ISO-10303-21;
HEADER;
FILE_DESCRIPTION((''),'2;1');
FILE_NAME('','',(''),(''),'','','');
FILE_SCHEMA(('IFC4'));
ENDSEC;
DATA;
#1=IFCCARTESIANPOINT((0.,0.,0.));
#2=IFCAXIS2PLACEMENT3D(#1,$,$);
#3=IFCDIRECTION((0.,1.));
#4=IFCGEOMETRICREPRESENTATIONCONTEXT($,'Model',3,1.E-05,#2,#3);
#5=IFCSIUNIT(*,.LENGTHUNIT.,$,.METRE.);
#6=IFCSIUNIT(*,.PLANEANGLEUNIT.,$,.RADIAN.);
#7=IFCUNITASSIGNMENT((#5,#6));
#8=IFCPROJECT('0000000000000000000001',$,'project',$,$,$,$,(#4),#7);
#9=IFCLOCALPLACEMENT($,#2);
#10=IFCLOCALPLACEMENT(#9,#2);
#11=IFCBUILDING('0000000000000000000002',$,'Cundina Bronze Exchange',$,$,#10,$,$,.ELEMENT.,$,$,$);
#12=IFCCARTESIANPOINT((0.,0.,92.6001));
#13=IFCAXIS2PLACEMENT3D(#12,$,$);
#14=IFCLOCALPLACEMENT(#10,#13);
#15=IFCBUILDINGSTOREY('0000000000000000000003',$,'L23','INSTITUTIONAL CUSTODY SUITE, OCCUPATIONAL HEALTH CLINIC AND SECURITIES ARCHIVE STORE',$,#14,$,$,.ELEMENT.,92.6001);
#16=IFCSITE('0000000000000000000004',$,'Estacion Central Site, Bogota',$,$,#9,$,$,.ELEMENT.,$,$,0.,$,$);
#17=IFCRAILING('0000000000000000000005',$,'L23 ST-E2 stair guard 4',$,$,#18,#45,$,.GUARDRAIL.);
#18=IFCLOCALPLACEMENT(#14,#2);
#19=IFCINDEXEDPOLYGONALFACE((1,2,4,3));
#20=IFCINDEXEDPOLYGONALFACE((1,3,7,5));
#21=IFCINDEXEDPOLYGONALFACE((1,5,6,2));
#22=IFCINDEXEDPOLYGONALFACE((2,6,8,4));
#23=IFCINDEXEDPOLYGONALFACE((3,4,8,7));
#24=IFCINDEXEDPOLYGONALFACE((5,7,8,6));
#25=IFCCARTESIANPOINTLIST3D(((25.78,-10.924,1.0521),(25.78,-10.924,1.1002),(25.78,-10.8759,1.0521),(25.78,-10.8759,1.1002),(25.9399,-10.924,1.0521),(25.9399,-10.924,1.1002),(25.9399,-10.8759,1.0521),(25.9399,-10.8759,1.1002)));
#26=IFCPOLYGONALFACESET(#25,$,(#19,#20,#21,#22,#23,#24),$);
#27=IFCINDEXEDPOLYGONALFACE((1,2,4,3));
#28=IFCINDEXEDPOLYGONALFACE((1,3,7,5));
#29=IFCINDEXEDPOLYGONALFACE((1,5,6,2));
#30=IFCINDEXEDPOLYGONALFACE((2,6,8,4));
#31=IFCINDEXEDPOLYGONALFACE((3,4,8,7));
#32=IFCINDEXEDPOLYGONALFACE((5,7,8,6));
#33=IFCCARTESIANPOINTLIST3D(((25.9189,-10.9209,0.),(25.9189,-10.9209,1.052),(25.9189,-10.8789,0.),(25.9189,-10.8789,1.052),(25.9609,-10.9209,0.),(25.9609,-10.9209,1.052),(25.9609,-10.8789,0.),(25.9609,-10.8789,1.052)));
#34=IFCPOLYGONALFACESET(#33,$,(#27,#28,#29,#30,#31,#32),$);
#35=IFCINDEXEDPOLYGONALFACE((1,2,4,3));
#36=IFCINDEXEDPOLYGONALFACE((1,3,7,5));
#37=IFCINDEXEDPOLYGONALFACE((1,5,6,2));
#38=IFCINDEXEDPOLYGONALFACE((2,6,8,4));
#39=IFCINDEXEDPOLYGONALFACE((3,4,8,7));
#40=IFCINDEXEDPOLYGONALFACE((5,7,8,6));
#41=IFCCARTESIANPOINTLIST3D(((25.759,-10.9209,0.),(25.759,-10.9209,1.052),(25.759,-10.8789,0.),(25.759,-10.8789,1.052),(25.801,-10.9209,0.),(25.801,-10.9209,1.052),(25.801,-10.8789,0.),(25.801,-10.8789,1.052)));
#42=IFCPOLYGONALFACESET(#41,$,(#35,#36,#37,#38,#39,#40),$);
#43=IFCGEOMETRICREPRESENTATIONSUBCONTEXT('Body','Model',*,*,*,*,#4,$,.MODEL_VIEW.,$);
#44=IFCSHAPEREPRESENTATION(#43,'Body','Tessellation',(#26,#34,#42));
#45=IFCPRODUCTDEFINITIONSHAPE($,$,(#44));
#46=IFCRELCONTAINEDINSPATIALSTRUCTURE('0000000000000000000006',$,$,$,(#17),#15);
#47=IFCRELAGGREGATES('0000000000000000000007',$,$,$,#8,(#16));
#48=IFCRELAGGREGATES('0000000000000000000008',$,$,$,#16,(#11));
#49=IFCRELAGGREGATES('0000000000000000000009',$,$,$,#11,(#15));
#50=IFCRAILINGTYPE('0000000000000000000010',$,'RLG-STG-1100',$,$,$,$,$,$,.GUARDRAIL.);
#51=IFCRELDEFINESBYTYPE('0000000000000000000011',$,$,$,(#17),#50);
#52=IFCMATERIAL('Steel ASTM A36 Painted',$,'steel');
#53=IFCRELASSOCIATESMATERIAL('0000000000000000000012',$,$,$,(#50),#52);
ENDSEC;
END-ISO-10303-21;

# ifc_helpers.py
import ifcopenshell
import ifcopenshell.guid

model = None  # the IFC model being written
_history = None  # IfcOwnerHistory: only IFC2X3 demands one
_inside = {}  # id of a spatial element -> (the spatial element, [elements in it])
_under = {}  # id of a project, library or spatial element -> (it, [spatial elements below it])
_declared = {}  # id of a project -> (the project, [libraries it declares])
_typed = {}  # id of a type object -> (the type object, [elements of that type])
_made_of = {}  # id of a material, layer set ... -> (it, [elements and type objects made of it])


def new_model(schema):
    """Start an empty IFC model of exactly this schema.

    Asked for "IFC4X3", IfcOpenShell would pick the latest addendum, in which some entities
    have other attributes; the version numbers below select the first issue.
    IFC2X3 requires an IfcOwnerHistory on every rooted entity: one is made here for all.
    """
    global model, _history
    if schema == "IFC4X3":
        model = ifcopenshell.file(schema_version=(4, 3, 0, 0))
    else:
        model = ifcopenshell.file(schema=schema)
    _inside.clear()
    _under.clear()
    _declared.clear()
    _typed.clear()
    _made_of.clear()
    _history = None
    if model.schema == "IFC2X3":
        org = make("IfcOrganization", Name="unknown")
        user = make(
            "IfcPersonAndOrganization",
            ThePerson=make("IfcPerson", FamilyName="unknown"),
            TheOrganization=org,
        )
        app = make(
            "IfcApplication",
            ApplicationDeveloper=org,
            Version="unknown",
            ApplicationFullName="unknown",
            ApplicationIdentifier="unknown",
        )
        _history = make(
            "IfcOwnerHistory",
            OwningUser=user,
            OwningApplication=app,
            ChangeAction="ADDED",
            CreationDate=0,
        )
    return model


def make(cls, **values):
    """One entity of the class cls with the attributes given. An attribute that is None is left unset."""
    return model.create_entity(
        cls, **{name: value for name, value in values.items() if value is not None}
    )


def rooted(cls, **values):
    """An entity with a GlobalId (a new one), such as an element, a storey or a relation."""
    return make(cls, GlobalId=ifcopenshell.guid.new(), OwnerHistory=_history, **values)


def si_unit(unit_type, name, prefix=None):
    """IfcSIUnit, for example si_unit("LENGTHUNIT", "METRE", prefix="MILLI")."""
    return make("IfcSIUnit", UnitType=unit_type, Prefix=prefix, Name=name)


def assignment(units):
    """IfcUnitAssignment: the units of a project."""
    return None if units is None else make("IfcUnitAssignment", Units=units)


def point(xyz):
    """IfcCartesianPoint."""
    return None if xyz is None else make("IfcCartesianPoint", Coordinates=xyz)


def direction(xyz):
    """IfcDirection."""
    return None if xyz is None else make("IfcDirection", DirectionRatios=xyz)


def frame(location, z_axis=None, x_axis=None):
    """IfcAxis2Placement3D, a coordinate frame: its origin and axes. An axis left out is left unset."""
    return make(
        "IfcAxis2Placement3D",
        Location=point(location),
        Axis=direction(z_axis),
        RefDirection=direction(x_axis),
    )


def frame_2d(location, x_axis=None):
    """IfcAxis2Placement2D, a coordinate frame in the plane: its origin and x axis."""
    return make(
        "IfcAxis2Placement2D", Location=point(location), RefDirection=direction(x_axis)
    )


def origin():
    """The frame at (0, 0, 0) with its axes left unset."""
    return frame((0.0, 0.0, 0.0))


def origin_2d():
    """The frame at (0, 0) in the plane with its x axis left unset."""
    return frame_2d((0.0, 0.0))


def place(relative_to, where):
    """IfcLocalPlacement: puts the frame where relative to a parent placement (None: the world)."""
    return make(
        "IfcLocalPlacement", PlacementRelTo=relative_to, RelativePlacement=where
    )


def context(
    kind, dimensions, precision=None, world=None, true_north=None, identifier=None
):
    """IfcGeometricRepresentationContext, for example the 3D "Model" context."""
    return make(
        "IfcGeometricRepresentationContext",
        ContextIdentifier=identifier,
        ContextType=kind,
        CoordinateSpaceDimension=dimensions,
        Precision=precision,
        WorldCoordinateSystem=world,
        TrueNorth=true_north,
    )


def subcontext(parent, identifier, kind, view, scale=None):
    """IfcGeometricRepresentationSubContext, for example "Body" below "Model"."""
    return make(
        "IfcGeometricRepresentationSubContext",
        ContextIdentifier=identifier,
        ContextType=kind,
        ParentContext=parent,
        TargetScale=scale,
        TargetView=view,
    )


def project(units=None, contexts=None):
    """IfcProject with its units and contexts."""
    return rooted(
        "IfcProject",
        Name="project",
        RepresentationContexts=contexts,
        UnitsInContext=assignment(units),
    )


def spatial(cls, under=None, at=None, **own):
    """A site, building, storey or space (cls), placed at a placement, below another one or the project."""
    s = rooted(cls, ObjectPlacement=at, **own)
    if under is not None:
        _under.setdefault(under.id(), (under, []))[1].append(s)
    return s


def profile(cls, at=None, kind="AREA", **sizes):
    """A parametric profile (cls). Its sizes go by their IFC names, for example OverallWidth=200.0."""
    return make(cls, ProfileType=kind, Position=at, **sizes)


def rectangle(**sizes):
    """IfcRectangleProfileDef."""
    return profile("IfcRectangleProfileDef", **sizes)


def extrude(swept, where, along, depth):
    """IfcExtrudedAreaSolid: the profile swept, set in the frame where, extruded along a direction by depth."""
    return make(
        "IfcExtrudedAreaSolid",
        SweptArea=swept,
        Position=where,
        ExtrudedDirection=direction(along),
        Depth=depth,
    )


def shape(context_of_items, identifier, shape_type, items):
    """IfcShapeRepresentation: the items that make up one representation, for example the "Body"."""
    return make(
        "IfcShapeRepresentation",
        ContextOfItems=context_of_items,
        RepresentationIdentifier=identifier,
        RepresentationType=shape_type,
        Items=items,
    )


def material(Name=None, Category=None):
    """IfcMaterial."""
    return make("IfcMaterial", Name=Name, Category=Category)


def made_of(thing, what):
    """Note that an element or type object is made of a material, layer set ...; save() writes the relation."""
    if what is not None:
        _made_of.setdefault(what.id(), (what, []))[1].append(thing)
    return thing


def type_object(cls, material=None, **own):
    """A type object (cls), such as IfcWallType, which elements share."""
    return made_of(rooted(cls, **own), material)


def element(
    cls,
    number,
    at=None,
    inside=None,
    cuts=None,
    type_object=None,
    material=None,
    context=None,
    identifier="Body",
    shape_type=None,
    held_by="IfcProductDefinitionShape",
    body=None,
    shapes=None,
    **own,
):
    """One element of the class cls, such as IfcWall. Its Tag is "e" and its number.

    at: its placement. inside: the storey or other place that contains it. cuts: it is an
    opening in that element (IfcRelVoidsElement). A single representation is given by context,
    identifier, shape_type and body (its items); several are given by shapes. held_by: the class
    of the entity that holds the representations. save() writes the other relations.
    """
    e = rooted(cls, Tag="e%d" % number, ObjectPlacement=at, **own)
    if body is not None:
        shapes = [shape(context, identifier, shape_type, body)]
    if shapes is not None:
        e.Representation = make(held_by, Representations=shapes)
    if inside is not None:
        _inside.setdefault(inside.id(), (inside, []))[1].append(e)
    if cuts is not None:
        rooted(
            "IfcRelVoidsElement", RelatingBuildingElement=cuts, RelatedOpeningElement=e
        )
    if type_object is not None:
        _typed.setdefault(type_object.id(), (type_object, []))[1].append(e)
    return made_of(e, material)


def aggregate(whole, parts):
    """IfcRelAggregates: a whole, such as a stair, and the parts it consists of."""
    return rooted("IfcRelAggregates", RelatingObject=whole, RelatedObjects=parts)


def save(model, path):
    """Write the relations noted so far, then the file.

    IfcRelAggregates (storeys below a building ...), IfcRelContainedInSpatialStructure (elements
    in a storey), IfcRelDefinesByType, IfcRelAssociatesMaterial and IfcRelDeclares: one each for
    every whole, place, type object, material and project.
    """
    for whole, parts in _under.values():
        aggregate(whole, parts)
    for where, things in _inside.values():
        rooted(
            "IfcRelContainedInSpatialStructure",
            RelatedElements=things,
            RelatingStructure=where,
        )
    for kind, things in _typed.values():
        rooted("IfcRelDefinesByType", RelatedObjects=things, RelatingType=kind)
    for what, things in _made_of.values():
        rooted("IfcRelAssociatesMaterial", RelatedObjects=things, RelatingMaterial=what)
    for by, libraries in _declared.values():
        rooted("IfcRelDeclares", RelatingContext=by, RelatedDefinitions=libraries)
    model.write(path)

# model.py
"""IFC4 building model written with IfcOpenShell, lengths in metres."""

from ifc_helpers import new_model, si_unit, direction, frame, origin, origin_2d, place, context, subcontext, project, spatial, rectangle, extrude, material, type_object, element, save


model = new_model("IFC4")

# Units and contexts
model_context = context("Model", 3, precision=1e-05, world=origin(), true_north=direction((0.0, 1.0)))
body_context = subcontext(model_context, "Body", "Model", "MODEL_VIEW")
ifc_project = project(units=[si_unit("LENGTHUNIT", "METRE"), si_unit("PLANEANGLEUNIT", "RADIAN")], contexts=[model_context])

# Site, building, storey
site_placement = place(None, origin())
site = spatial("IfcSite", under=ifc_project, at=site_placement, Name="Estacion Central Site, Bogota", CompositionType="ELEMENT", RefElevation=0.0)
building_placement = place(site_placement, origin())
building = spatial("IfcBuilding", under=site, at=building_placement, Name="Cundina Bronze Exchange", CompositionType="ELEMENT")
storey_placement = place(building_placement, frame((0.0, 0.0, 92.6001)))
storey = spatial("IfcBuildingStorey", under=building, at=storey_placement, Name="L23", Description="INSTITUTIONAL CUSTODY SUITE, OCCUPATIONAL HEALTH CLINIC AND SECURITIES ARCHIVE STORE", CompositionType="ELEMENT", Elevation=92.6001)

# Shared definitions
ifc_material_1 = material(Name="Steel ASTM A36 Painted", Category="steel")

# Railing
railing_type_1 = type_object("IfcRailingType", Name="RLG-STG-1100", PredefinedType="GUARDRAIL", material=ifc_material_1)
railing_1_placement = place(storey_placement, frame((25.9399, -10.8999, 0.0)))
element("IfcRailing", 1, at=railing_1_placement, inside=storey, type_object=railing_type_1, Name="L23 ST-E2 stair guard 4", PredefinedType="GUARDRAIL", context=body_context, shape_type="SweptSolid", body=[
    extrude(rectangle(XDim=0.0481, YDim=0.0481, at=origin_2d()), frame((0.0, 0.0, 1.0762), z_axis=(-1.0, 0.0, 0.0), x_axis=(0.0, -1.0, 0.0)), (0.0, 0.0, 1.0), 0.1599),
    extrude(rectangle(XDim=0.042, YDim=0.042, at=origin_2d()), origin(), (0.0, 0.0, 1.0), 1.052),
    extrude(rectangle(XDim=0.042, YDim=0.042, at=origin_2d()), frame((-0.1599, 0.0, 0.0)), (0.0, 0.0, 1.0), 1.052),
])

save(model, "model.ifc")
